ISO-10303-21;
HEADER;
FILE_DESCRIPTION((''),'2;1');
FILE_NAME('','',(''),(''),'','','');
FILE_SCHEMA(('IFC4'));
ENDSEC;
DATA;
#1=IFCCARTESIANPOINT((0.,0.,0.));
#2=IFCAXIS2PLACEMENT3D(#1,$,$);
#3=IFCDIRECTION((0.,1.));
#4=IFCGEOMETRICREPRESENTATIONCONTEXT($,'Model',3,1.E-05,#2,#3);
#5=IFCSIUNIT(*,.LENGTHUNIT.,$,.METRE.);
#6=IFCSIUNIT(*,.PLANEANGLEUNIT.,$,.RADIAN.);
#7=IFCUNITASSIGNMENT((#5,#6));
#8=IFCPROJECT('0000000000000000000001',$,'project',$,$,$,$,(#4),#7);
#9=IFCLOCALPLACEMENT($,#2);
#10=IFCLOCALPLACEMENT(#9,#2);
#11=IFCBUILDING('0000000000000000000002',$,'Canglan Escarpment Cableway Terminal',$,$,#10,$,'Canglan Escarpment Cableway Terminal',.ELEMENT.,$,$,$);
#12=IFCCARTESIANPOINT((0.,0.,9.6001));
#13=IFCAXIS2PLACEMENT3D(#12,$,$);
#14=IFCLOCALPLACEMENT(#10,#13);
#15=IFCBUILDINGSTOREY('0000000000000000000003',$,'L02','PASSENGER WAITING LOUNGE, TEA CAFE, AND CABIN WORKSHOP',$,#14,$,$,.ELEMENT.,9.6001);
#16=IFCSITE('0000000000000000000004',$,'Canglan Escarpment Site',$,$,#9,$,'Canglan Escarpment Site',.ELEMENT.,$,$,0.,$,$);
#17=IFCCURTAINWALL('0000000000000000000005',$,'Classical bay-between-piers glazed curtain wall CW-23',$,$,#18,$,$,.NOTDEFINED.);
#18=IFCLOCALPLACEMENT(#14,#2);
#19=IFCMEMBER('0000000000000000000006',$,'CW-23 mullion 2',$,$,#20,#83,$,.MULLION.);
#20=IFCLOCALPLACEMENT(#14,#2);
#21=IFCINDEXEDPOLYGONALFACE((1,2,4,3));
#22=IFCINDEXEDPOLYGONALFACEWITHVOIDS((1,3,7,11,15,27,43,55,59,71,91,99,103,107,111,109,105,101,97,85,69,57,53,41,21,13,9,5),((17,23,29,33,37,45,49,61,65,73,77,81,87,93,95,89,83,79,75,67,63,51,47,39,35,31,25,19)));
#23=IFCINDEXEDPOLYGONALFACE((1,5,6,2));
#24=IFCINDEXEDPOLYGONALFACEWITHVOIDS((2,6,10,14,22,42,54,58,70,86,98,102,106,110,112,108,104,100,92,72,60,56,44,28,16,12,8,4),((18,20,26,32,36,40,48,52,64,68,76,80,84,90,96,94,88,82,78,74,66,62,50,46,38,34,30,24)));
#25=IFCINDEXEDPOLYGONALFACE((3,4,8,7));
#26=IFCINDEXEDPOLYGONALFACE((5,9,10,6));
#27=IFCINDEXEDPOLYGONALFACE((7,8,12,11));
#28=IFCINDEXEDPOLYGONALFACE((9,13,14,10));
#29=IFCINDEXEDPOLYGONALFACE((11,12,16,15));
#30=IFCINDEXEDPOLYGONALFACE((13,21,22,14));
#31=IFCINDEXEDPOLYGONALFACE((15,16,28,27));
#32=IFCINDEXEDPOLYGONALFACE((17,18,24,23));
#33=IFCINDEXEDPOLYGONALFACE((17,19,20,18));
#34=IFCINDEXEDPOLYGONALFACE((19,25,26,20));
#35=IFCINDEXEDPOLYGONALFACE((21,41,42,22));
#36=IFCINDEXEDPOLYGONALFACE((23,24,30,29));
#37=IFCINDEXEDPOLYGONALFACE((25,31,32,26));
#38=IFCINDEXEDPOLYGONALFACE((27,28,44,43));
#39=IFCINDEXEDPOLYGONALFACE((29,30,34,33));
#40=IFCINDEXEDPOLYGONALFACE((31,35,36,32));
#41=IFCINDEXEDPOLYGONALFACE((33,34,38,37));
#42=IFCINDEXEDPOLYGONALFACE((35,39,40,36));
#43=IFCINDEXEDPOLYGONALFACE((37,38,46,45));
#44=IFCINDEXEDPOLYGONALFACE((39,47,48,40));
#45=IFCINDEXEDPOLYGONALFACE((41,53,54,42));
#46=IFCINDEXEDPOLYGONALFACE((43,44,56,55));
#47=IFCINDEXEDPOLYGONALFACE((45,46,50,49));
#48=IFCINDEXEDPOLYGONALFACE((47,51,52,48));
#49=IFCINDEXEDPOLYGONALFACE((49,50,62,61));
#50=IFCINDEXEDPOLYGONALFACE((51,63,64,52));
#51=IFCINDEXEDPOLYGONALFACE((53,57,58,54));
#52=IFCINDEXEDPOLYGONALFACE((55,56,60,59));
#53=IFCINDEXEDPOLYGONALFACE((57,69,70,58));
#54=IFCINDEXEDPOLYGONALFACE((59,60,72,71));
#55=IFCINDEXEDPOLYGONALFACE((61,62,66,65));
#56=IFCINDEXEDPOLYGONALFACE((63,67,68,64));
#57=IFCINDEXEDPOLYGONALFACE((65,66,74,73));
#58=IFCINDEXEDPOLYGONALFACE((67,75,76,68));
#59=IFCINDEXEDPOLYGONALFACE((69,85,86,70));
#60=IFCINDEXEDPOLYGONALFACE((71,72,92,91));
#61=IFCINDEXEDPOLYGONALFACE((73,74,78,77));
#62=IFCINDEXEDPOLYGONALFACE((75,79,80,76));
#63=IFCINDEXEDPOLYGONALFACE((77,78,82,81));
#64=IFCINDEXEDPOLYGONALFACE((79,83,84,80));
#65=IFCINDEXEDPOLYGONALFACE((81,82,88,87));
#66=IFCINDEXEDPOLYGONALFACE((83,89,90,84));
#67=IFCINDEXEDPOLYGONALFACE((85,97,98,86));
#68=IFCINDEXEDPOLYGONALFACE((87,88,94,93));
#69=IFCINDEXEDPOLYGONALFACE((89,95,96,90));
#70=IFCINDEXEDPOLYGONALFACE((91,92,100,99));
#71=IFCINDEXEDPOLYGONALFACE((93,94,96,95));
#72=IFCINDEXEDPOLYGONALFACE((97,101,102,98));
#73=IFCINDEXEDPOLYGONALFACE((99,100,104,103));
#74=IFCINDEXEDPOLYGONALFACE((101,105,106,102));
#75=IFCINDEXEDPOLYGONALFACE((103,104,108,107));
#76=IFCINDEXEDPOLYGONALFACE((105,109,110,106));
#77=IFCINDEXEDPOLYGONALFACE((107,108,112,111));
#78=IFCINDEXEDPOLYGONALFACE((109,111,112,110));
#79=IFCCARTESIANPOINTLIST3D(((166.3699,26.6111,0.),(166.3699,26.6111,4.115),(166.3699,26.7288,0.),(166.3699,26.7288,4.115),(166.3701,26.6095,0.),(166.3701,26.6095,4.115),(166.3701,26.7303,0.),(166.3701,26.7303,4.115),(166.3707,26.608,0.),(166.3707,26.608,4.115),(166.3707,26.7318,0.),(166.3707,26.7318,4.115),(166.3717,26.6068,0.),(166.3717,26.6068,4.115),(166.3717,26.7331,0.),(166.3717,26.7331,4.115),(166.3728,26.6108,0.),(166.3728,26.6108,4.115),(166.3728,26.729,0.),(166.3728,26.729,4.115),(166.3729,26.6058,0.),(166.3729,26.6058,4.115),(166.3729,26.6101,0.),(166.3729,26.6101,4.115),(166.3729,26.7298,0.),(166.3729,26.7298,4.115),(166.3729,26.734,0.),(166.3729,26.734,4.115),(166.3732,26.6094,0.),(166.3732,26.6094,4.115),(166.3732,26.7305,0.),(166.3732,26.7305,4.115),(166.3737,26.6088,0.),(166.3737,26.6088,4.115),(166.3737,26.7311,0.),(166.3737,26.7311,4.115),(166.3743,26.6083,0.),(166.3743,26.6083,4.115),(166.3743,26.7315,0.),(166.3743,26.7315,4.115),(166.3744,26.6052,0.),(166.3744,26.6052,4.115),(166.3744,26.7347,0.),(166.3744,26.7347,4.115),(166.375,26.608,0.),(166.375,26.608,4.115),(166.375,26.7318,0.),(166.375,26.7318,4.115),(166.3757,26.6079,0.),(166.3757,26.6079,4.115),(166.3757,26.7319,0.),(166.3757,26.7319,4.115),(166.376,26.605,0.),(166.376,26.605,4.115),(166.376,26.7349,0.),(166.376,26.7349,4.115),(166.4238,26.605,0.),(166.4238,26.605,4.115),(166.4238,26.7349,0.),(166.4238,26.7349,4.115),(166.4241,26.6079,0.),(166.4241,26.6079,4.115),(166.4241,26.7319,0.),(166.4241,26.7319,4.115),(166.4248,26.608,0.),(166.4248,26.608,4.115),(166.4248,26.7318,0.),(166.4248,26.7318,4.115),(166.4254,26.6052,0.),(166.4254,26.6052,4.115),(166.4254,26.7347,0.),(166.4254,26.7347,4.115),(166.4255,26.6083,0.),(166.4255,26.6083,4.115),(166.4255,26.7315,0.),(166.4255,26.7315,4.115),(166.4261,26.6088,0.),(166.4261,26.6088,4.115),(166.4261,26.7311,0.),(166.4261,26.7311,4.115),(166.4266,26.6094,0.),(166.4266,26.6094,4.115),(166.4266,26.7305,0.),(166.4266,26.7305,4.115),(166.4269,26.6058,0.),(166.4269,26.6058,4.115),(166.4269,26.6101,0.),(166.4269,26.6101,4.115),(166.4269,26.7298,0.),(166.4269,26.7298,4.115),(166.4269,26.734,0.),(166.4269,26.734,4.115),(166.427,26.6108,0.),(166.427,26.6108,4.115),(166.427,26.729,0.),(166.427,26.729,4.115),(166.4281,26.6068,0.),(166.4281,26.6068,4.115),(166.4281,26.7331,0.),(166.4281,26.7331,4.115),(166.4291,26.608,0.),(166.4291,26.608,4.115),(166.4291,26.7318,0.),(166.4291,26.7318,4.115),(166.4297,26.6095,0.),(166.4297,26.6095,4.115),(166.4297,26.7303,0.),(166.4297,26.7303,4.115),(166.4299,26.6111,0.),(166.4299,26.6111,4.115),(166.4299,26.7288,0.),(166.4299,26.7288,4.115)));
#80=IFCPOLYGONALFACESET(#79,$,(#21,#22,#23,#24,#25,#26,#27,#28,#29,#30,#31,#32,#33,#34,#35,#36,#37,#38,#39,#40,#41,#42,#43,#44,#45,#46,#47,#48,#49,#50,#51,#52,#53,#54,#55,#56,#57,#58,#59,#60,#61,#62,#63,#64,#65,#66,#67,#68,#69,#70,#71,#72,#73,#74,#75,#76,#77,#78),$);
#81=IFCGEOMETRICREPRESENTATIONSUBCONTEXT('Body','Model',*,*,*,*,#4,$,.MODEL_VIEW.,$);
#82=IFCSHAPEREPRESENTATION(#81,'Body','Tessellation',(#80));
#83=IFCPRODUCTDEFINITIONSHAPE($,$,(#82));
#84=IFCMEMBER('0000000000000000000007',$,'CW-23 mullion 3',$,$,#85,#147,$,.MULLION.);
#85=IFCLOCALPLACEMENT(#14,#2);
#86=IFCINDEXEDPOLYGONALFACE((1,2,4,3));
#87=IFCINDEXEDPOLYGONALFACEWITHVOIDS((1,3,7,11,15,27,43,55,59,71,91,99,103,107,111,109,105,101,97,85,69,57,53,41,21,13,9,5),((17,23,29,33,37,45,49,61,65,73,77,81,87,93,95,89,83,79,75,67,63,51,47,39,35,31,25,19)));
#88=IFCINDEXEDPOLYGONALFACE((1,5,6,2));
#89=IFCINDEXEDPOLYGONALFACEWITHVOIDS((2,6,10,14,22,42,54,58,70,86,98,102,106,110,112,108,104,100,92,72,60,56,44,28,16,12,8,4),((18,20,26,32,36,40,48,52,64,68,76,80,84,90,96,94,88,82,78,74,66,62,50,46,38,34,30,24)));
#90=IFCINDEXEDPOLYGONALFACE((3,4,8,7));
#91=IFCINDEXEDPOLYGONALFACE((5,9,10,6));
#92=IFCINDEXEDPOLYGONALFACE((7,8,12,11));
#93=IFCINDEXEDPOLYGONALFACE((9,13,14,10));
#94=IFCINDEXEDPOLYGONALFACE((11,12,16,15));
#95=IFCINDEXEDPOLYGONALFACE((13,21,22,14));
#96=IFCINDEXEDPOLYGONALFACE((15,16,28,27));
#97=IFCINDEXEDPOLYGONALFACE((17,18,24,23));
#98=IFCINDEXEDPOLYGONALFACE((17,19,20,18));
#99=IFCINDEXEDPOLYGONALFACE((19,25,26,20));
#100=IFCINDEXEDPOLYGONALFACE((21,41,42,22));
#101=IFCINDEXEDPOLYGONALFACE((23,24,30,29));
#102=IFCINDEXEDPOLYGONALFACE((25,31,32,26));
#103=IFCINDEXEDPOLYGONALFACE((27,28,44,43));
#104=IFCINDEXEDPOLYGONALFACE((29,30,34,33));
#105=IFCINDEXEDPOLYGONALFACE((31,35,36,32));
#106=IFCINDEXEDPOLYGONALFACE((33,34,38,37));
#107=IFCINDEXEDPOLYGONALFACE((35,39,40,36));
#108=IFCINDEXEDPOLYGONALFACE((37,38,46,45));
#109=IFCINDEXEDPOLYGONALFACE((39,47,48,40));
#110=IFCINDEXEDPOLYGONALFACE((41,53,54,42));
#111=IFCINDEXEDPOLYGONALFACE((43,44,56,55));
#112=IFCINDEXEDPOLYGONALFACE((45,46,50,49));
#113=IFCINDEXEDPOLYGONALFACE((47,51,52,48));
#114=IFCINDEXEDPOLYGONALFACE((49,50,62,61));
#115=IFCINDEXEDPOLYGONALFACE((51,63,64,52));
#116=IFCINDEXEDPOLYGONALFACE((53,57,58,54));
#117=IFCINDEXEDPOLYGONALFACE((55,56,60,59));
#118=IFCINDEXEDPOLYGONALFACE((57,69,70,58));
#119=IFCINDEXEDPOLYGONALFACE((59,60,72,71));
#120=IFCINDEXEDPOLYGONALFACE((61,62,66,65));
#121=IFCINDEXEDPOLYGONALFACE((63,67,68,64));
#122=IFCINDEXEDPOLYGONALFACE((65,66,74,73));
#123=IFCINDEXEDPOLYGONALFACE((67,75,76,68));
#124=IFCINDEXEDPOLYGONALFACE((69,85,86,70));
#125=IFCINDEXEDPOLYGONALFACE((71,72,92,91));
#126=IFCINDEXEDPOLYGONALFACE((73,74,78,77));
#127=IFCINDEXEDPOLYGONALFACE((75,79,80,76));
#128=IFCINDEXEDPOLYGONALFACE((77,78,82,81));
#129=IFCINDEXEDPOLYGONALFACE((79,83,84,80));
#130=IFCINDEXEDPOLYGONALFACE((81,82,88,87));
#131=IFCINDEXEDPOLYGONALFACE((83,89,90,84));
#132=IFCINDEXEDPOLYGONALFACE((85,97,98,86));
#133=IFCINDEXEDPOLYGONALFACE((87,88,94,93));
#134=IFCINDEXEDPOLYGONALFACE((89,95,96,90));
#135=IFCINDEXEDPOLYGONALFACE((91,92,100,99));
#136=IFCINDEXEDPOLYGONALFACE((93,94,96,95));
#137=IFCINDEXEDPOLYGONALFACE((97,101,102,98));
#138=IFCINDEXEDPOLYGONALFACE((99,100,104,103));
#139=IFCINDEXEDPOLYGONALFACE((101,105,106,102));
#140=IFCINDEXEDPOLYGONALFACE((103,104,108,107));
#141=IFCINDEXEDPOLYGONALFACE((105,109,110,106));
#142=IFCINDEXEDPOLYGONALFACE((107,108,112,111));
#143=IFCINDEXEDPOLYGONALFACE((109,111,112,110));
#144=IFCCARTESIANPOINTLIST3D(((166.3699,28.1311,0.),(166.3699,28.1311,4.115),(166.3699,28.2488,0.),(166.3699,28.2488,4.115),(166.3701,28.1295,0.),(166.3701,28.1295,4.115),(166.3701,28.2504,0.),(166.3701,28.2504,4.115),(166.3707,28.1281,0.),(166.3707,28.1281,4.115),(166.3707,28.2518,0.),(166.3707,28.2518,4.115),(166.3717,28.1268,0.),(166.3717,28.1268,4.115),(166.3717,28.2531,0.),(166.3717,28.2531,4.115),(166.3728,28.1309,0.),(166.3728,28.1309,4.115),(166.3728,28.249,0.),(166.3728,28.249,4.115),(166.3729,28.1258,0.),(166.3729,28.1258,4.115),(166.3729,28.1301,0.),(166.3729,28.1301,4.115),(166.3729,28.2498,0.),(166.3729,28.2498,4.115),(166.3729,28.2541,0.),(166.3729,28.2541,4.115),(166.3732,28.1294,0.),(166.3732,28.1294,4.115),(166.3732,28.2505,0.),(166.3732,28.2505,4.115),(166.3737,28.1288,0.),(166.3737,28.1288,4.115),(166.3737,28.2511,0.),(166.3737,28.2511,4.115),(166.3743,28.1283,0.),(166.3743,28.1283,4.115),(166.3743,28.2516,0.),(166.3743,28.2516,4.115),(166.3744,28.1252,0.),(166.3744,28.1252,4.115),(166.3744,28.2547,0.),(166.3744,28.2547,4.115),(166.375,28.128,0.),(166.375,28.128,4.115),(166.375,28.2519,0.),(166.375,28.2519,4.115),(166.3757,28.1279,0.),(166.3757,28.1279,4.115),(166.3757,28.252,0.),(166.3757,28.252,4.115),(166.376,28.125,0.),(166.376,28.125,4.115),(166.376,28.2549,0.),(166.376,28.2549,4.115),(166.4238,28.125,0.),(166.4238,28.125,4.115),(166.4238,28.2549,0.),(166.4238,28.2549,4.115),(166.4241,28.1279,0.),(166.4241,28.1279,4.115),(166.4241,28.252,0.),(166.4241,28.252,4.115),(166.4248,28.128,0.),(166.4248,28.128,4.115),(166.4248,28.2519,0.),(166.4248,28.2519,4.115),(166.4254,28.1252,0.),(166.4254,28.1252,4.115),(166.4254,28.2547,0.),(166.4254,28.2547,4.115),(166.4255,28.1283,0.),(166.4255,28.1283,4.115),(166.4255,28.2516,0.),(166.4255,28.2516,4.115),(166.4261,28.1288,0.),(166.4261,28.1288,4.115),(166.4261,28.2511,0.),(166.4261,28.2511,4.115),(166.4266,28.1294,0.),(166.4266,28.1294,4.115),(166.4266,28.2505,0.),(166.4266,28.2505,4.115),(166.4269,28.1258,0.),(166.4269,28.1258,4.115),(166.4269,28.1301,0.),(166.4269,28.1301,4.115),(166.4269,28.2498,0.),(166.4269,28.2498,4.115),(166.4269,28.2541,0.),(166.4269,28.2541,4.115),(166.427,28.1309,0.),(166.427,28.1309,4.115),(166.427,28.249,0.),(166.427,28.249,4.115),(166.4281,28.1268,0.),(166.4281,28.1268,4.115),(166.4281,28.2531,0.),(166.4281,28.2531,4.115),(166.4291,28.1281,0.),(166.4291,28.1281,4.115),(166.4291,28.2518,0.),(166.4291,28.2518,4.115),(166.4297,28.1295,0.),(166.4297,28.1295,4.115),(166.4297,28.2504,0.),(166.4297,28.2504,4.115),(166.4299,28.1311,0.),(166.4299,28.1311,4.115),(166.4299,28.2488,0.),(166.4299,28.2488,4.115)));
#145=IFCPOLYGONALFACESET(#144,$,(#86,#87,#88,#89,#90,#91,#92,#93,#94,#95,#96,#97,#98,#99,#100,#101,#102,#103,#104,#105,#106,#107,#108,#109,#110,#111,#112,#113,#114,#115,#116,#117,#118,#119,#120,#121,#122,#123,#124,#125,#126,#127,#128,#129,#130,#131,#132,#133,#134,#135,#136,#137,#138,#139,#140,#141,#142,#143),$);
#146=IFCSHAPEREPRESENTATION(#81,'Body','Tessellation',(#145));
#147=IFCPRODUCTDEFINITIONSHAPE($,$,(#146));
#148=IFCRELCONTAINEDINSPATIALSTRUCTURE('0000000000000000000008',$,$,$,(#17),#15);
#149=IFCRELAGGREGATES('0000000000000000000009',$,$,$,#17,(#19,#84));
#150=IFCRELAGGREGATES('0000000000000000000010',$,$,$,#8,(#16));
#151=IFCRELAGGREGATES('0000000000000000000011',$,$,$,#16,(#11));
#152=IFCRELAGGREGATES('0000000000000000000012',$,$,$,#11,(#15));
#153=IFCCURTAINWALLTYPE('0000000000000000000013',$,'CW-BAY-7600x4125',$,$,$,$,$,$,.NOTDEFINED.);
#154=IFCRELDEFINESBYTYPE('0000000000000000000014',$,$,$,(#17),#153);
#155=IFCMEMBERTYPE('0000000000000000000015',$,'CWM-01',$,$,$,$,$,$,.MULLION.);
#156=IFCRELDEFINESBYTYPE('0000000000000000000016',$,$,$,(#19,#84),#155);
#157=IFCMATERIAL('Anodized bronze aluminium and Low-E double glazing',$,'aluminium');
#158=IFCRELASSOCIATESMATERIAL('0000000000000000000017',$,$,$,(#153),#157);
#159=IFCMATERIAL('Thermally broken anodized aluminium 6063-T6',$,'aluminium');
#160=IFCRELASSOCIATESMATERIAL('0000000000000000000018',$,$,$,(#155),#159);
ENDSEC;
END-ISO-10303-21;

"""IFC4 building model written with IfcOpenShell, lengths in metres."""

from ifc_helpers import new_model, si_unit, direction, frame, origin, origin_2d, place, context, subcontext, project, spatial, hollow_rectangle, extrude, material, material_profile, profile_set, type_object, element, aggregate, save


model = new_model("IFC4")

# Units and contexts
model_context = context("Model", 3, precision=1e-05, world=origin(), true_north=direction((0.0, 1.0)))
body_context = subcontext(model_context, "Body", "Model", "MODEL_VIEW")
ifc_project = project(units=[si_unit("LENGTHUNIT", "METRE"), si_unit("PLANEANGLEUNIT", "RADIAN")], contexts=[model_context])

# Site, building, storey
site_placement = place(None, origin())
site = spatial("IfcSite", under=ifc_project, at=site_placement, Name="Canglan Escarpment Site", LongName="Canglan Escarpment Site", CompositionType="ELEMENT", RefElevation=0.0)
building_placement = place(site_placement, origin())
building = spatial("IfcBuilding", under=site, at=building_placement, Name="Canglan Escarpment Cableway Terminal", LongName="Canglan Escarpment Cableway Terminal", CompositionType="ELEMENT")
storey_placement = place(building_placement, frame((0.0, 0.0, 9.6001)))
storey = spatial("IfcBuildingStorey", under=building, at=storey_placement, Name="L02", Description="PASSENGER WAITING LOUNGE, TEA CAFE, AND CABIN WORKSHOP", CompositionType="ELEMENT", Elevation=9.6001)

# Curtain wall, members
ifc_material_1 = material(Name="Anodized bronze aluminium and Low-E double glazing", Category="aluminium")
curtain_wall_type = type_object("IfcCurtainWallType", Name="CW-BAY-7600x4125", PredefinedType="NOTDEFINED", material=ifc_material_1)
curtain_wall_placement = place(storey_placement, origin())
curtain_wall = element("IfcCurtainWall", 1, at=curtain_wall_placement, inside=storey, type_object=curtain_wall_type, Name="Classical bay-between-piers glazed curtain wall CW-23", PredefinedType="NOTDEFINED")
ifc_material_2 = material(Name="Thermally broken anodized aluminium 6063-T6", Category="aluminium")
ifc_material_profile_1 = material_profile(ifc_material_2, hollow_rectangle(XDim=0.0601, YDim=0.1299, WallThickness=0.0029, InnerFilletRadius=0.0029, OuterFilletRadius=0.0061, at=origin_2d()), Name="ALU-MULL 60x130x3")
ifc_profile_set_1 = profile_set([ifc_material_profile_1], Name="Thermally broken anodized aluminium 6063-T6")
member_type_1 = type_object("IfcMemberType", Name="CWM-01", PredefinedType="MULLION", material=ifc_profile_set_1)
member_1_placement = place(storey_placement, frame((166.3999, 26.6699, 0.0), z_axis=(0.0, 0.0, 1.0), x_axis=(-1.0, 0.0, 0.0)))
member_1 = element("IfcMember", 2, at=member_1_placement, type_object=member_type_1, Name="CW-23 mullion 2", PredefinedType="MULLION", context=body_context, shape_type="SweptSolid", body=[
    extrude(hollow_rectangle(XDim=0.0601, YDim=0.1299, WallThickness=0.0029, InnerFilletRadius=0.0029, OuterFilletRadius=0.0061, at=origin_2d()), origin(), (0.0, 0.0, 1.0), 4.115),
])
member_2_placement = place(storey_placement, frame((166.3999, 28.1899, 0.0), z_axis=(0.0, 0.0, 1.0), x_axis=(-1.0, 0.0, 0.0)))
member_2 = element("IfcMember", 3, at=member_2_placement, type_object=member_type_1, Name="CW-23 mullion 3", PredefinedType="MULLION", context=body_context, shape_type="SweptSolid", body=[
    extrude(hollow_rectangle(XDim=0.0601, YDim=0.1299, WallThickness=0.0029, InnerFilletRadius=0.0029, OuterFilletRadius=0.0061, at=origin_2d()), origin(), (0.0, 0.0, 1.0), 4.115),
])

aggregate(curtain_wall, [member_1, member_2])

save(model, "model.ifc")
